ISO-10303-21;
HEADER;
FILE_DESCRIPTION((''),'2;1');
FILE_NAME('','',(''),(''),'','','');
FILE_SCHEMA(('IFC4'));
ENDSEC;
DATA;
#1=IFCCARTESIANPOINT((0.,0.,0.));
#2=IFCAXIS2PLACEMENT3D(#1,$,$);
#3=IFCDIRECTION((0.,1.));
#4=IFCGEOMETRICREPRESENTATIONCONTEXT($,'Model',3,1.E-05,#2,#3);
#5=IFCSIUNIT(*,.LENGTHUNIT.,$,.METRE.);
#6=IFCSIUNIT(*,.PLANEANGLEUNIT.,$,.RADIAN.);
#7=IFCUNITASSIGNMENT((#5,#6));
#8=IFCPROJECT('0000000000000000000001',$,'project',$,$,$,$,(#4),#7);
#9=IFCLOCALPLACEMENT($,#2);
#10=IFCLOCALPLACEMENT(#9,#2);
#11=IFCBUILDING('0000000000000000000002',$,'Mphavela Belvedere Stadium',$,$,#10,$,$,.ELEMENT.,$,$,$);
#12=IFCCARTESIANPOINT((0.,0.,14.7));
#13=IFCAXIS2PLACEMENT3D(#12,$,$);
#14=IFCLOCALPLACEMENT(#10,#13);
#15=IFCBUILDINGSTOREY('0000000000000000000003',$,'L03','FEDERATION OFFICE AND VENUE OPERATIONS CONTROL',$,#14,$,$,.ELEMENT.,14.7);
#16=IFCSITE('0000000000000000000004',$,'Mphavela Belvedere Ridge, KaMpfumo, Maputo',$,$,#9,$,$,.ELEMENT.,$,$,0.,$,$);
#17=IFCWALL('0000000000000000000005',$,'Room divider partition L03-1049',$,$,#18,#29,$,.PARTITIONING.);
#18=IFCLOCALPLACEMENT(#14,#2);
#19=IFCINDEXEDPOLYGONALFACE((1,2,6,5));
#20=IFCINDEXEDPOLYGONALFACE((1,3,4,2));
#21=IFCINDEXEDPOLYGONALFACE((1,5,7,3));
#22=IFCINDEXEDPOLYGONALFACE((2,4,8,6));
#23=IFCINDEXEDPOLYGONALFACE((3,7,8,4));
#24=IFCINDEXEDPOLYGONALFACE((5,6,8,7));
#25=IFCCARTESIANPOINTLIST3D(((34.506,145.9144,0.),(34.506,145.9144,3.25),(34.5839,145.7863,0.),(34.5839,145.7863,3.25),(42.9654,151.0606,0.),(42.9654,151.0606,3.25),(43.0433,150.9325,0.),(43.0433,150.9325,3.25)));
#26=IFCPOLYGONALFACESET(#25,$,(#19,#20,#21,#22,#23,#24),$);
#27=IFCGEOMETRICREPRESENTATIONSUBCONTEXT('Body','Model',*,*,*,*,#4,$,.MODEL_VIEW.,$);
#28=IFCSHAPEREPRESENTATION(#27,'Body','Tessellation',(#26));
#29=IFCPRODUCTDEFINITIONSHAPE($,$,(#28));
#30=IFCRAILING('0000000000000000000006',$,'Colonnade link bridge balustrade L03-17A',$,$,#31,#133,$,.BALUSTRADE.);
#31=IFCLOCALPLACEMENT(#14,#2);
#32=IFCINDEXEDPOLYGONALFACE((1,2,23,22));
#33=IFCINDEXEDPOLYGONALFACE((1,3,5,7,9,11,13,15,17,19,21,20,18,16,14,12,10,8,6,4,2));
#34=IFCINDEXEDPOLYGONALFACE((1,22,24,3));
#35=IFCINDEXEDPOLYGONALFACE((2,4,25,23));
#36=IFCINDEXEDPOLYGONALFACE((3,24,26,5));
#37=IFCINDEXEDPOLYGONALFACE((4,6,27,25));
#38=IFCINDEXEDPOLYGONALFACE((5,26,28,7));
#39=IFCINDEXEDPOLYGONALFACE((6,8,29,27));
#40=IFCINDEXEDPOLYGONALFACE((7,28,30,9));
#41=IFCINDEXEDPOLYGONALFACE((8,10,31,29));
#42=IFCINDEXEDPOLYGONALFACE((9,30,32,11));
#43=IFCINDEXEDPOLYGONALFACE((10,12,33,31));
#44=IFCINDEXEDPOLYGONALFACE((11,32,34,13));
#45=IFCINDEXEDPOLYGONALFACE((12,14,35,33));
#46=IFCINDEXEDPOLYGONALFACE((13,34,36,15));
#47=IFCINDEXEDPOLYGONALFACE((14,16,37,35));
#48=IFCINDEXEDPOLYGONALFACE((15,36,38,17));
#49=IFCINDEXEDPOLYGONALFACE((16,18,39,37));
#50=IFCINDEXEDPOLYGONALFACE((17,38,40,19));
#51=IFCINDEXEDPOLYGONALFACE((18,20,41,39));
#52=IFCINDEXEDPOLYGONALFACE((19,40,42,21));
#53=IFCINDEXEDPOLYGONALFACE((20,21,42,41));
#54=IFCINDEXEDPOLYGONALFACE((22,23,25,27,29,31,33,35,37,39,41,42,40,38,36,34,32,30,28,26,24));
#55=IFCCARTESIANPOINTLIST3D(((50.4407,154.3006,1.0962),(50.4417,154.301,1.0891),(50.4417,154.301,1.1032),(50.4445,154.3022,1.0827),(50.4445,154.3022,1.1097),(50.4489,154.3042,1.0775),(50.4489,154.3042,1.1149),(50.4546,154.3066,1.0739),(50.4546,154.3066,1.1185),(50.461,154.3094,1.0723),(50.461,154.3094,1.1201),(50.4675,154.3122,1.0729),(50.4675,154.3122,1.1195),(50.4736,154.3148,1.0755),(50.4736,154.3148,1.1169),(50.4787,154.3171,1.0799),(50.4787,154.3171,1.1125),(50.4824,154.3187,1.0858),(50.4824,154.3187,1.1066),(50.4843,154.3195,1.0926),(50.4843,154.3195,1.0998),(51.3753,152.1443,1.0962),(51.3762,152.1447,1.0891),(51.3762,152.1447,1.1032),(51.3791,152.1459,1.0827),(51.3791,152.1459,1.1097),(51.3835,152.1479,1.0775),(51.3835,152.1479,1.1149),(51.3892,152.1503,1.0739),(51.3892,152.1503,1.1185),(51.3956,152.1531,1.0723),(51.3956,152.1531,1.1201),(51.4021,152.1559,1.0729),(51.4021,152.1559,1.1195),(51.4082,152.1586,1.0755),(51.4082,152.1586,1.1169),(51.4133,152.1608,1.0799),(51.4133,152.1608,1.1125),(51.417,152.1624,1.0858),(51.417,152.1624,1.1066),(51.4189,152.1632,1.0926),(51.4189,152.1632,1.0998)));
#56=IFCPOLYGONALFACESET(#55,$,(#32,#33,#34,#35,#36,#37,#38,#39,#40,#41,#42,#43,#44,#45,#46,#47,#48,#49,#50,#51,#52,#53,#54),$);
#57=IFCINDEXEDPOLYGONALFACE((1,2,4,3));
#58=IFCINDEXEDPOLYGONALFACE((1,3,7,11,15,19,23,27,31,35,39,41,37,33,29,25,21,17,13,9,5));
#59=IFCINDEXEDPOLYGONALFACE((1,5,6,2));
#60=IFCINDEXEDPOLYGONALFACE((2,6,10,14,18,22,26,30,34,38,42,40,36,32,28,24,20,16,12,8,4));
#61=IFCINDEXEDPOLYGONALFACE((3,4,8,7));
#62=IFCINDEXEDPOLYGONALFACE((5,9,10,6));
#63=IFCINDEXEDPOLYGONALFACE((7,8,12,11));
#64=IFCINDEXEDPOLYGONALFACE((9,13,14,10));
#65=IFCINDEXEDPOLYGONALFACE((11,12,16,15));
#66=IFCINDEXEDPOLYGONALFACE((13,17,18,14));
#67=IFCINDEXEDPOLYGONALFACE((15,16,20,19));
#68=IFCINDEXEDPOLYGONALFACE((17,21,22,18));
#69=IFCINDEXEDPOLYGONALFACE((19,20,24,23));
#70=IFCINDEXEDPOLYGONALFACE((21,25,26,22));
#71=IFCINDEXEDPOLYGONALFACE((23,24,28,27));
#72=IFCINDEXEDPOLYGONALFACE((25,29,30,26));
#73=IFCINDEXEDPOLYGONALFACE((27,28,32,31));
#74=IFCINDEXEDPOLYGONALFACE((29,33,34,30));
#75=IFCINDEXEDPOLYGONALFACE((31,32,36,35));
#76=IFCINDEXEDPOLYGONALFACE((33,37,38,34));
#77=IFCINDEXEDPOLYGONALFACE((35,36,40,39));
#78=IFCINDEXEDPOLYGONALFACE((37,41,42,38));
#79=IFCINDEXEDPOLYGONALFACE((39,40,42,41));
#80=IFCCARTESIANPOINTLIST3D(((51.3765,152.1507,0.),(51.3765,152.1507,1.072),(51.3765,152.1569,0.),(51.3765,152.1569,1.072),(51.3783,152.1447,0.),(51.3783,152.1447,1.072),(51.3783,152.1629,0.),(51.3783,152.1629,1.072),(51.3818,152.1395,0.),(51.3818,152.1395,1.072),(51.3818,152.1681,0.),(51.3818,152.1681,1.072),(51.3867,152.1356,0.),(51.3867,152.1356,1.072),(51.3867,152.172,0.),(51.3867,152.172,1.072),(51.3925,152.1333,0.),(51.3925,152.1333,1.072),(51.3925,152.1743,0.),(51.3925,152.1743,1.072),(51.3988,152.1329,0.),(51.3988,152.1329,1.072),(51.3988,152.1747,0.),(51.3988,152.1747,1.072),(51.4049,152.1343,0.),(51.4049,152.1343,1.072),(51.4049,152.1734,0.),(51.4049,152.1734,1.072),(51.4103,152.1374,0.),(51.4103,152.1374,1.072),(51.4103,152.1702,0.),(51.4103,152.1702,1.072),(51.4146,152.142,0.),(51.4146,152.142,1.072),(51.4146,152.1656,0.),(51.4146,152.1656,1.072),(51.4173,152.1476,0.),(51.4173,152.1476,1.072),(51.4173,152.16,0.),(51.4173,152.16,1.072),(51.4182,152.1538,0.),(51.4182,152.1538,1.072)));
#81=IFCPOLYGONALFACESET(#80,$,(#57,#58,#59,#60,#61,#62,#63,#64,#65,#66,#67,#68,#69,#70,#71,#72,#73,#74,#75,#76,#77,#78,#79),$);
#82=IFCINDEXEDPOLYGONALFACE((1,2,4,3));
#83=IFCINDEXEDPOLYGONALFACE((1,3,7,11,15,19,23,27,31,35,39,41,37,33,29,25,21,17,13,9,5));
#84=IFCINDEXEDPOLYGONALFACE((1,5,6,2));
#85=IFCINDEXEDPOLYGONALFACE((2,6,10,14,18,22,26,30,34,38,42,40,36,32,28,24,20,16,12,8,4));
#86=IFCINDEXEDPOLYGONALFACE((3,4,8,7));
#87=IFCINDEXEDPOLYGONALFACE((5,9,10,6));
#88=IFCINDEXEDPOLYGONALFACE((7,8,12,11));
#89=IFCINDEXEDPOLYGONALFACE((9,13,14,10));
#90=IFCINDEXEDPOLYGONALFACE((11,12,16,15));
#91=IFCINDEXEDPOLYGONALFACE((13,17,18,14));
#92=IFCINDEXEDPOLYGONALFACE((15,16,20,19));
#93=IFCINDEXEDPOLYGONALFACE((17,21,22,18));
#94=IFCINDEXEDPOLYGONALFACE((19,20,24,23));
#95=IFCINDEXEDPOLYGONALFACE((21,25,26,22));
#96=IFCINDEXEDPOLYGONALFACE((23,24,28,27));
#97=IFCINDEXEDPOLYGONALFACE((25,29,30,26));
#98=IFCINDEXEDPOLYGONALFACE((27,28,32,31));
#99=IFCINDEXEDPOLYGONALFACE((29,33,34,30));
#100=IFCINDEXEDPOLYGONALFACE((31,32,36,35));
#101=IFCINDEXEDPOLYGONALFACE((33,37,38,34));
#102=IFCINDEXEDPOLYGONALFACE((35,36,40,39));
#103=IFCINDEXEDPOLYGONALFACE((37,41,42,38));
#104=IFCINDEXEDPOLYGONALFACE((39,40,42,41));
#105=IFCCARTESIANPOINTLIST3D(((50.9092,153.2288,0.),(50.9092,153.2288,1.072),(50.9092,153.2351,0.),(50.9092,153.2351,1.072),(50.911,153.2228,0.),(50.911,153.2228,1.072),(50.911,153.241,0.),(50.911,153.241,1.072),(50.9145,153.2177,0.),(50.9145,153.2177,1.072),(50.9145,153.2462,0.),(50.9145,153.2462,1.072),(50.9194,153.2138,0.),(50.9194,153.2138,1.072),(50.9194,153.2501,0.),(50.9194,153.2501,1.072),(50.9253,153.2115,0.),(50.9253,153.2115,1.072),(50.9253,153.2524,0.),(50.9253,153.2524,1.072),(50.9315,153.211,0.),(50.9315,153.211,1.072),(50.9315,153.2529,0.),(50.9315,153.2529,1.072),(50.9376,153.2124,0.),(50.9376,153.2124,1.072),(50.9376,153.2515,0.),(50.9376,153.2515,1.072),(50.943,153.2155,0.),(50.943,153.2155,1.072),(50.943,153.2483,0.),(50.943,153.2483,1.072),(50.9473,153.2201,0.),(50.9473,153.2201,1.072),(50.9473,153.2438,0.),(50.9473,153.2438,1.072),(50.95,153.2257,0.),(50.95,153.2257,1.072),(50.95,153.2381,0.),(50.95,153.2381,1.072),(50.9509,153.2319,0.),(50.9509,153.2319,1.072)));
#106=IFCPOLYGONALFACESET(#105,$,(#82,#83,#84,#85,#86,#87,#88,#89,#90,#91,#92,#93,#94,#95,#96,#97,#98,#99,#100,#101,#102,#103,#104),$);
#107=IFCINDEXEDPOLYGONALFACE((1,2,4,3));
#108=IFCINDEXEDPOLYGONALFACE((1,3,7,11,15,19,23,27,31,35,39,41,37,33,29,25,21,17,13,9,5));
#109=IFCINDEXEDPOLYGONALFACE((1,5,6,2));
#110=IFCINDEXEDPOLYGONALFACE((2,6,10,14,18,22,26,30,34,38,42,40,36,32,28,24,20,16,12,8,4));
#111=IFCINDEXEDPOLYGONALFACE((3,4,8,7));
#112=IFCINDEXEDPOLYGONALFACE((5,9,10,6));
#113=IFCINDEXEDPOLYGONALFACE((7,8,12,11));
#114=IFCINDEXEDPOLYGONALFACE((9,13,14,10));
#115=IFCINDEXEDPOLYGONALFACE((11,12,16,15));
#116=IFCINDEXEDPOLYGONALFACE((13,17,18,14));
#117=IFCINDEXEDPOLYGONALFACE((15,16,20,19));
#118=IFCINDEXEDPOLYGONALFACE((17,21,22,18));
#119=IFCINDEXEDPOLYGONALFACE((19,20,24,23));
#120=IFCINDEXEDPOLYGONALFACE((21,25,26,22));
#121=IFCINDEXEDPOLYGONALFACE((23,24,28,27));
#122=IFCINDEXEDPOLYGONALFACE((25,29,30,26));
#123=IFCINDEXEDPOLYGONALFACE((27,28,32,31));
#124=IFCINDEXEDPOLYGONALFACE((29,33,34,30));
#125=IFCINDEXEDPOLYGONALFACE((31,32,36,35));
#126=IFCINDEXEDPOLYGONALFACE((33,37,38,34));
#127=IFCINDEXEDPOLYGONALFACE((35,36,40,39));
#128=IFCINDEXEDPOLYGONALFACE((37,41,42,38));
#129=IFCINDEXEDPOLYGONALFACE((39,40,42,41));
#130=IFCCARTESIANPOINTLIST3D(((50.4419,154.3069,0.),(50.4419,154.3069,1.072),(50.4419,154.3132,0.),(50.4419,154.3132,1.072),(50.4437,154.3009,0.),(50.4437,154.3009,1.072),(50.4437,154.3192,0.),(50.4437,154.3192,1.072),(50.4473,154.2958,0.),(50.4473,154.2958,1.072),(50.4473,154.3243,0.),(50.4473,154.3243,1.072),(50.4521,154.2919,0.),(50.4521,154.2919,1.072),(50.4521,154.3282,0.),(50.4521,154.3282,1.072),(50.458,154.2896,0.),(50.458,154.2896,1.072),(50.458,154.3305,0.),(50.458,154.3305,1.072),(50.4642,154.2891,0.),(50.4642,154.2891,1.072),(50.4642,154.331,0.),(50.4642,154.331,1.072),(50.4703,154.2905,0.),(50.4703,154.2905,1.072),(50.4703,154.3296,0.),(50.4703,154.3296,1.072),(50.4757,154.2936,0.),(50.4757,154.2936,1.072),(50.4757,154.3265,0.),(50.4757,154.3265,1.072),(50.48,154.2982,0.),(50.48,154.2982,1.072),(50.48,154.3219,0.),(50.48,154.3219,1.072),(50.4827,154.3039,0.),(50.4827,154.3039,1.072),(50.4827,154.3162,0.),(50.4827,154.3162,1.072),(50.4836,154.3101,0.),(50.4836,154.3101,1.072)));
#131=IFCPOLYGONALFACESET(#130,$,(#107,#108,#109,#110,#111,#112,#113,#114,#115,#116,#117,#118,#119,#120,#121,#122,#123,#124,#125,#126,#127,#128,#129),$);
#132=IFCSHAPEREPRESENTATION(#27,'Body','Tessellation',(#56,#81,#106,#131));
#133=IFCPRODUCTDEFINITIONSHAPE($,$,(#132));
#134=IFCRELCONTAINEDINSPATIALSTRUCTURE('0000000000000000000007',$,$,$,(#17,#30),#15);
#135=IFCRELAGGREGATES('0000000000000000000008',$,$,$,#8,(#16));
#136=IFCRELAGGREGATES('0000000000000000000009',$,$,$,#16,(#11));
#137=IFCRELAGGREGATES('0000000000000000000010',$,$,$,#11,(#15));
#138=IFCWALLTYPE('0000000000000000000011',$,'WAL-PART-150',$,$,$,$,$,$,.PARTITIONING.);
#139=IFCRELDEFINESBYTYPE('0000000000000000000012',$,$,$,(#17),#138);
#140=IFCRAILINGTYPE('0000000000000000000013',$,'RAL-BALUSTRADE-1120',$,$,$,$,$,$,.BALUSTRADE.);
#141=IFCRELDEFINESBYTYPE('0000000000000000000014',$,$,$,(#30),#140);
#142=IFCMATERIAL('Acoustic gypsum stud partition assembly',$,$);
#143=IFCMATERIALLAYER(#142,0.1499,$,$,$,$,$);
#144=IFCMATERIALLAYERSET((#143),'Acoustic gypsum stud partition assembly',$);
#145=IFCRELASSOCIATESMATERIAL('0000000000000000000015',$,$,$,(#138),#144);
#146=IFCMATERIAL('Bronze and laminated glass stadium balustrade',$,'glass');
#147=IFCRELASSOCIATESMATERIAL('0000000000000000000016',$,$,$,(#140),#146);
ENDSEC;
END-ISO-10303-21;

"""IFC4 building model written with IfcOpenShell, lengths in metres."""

from ifc_helpers import new_model, si_unit, direction, frame, frame_2d, origin, origin_2d, place, context, subcontext, project, spatial, rectangle, circle, extrude, material, layer, layer_set, type_object, element, save


model = new_model("IFC4")

# Units and contexts
model_context = context("Model", 3, precision=1e-05, world=origin(), true_north=direction((0.0, 1.0)))
body_context = subcontext(model_context, "Body", "Model", "MODEL_VIEW")
ifc_project = project(units=[si_unit("LENGTHUNIT", "METRE"), si_unit("PLANEANGLEUNIT", "RADIAN")], contexts=[model_context])

# Site, building, storey
site_placement = place(None, origin())
site = spatial("IfcSite", under=ifc_project, at=site_placement, Name="Mphavela Belvedere Ridge, KaMpfumo, Maputo", CompositionType="ELEMENT", RefElevation=0.0)
building_placement = place(site_placement, origin())
building = spatial("IfcBuilding", under=site, at=building_placement, Name="Mphavela Belvedere Stadium", CompositionType="ELEMENT")
storey_placement = place(building_placement, frame((0.0, 0.0, 14.7)))
storey = spatial("IfcBuildingStorey", under=building, at=storey_placement, Name="L03", Description="FEDERATION OFFICE AND VENUE OPERATIONS CONTROL", CompositionType="ELEMENT", Elevation=14.7)

# Wall
ifc_material_1 = material(Name="Acoustic gypsum stud partition assembly")
ifc_layer_1 = layer(ifc_material_1, 0.1499)
ifc_layer_set_1 = layer_set([ifc_layer_1], Name="Acoustic gypsum stud partition assembly")
wall_type_1 = type_object("IfcWallType", Name="WAL-PART-150", PredefinedType="PARTITIONING", material=ifc_layer_set_1)
wall_1_placement = place(storey_placement, frame((43.0044, 150.9966, 0.0), z_axis=(0.0, 0.0, 1.0), x_axis=(-0.854333, -0.519726, 0.0)))
element("IfcWall", 1, at=wall_1_placement, inside=storey, type_object=wall_type_1, Name="Room divider partition L03-1049", PredefinedType="PARTITIONING", context=body_context, shape_type="SweptSolid", body=[
    extrude(rectangle(XDim=9.9019, YDim=0.1499, at=frame_2d((4.9509, 0.0))), origin(), (0.0, 0.0, 1.0), 3.25),
])

# Railing
ifc_material_2 = material(Name="Bronze and laminated glass stadium balustrade", Category="glass")
railing_type = type_object("IfcRailingType", Name="RAL-BALUSTRADE-1120", PredefinedType="BALUSTRADE", material=ifc_material_2)
railing_1_placement = place(storey_placement, frame((51.3972, 152.1538, 0.0)))
element("IfcRailing", 2, at=railing_1_placement, inside=storey, type_object=railing_type, Name="Colonnade link bridge balustrade L03-17A", PredefinedType="BALUSTRADE", context=body_context, shape_type="SweptSolid", body=[
    extrude(circle(Radius=0.0239, at=origin_2d()), frame((0.0, 0.0, 1.0962), z_axis=(-0.397677, 0.917525, 0.0), x_axis=(-0.917525, -0.397677, 0.0)), (0.0, 0.0, 1.0), 2.3501),
    extrude(circle(Radius=0.021, at=origin_2d()), origin(), (0.0, 0.0, 1.0), 1.072),
    extrude(circle(Radius=0.021, at=origin_2d()), frame((-0.4673, 1.0781, 0.0)), (0.0, 0.0, 1.0), 1.072),
    extrude(circle(Radius=0.021, at=origin_2d()), frame((-0.9346, 2.1562, 0.0)), (0.0, 0.0, 1.0), 1.072),
])

save(model, "model.ifc")
